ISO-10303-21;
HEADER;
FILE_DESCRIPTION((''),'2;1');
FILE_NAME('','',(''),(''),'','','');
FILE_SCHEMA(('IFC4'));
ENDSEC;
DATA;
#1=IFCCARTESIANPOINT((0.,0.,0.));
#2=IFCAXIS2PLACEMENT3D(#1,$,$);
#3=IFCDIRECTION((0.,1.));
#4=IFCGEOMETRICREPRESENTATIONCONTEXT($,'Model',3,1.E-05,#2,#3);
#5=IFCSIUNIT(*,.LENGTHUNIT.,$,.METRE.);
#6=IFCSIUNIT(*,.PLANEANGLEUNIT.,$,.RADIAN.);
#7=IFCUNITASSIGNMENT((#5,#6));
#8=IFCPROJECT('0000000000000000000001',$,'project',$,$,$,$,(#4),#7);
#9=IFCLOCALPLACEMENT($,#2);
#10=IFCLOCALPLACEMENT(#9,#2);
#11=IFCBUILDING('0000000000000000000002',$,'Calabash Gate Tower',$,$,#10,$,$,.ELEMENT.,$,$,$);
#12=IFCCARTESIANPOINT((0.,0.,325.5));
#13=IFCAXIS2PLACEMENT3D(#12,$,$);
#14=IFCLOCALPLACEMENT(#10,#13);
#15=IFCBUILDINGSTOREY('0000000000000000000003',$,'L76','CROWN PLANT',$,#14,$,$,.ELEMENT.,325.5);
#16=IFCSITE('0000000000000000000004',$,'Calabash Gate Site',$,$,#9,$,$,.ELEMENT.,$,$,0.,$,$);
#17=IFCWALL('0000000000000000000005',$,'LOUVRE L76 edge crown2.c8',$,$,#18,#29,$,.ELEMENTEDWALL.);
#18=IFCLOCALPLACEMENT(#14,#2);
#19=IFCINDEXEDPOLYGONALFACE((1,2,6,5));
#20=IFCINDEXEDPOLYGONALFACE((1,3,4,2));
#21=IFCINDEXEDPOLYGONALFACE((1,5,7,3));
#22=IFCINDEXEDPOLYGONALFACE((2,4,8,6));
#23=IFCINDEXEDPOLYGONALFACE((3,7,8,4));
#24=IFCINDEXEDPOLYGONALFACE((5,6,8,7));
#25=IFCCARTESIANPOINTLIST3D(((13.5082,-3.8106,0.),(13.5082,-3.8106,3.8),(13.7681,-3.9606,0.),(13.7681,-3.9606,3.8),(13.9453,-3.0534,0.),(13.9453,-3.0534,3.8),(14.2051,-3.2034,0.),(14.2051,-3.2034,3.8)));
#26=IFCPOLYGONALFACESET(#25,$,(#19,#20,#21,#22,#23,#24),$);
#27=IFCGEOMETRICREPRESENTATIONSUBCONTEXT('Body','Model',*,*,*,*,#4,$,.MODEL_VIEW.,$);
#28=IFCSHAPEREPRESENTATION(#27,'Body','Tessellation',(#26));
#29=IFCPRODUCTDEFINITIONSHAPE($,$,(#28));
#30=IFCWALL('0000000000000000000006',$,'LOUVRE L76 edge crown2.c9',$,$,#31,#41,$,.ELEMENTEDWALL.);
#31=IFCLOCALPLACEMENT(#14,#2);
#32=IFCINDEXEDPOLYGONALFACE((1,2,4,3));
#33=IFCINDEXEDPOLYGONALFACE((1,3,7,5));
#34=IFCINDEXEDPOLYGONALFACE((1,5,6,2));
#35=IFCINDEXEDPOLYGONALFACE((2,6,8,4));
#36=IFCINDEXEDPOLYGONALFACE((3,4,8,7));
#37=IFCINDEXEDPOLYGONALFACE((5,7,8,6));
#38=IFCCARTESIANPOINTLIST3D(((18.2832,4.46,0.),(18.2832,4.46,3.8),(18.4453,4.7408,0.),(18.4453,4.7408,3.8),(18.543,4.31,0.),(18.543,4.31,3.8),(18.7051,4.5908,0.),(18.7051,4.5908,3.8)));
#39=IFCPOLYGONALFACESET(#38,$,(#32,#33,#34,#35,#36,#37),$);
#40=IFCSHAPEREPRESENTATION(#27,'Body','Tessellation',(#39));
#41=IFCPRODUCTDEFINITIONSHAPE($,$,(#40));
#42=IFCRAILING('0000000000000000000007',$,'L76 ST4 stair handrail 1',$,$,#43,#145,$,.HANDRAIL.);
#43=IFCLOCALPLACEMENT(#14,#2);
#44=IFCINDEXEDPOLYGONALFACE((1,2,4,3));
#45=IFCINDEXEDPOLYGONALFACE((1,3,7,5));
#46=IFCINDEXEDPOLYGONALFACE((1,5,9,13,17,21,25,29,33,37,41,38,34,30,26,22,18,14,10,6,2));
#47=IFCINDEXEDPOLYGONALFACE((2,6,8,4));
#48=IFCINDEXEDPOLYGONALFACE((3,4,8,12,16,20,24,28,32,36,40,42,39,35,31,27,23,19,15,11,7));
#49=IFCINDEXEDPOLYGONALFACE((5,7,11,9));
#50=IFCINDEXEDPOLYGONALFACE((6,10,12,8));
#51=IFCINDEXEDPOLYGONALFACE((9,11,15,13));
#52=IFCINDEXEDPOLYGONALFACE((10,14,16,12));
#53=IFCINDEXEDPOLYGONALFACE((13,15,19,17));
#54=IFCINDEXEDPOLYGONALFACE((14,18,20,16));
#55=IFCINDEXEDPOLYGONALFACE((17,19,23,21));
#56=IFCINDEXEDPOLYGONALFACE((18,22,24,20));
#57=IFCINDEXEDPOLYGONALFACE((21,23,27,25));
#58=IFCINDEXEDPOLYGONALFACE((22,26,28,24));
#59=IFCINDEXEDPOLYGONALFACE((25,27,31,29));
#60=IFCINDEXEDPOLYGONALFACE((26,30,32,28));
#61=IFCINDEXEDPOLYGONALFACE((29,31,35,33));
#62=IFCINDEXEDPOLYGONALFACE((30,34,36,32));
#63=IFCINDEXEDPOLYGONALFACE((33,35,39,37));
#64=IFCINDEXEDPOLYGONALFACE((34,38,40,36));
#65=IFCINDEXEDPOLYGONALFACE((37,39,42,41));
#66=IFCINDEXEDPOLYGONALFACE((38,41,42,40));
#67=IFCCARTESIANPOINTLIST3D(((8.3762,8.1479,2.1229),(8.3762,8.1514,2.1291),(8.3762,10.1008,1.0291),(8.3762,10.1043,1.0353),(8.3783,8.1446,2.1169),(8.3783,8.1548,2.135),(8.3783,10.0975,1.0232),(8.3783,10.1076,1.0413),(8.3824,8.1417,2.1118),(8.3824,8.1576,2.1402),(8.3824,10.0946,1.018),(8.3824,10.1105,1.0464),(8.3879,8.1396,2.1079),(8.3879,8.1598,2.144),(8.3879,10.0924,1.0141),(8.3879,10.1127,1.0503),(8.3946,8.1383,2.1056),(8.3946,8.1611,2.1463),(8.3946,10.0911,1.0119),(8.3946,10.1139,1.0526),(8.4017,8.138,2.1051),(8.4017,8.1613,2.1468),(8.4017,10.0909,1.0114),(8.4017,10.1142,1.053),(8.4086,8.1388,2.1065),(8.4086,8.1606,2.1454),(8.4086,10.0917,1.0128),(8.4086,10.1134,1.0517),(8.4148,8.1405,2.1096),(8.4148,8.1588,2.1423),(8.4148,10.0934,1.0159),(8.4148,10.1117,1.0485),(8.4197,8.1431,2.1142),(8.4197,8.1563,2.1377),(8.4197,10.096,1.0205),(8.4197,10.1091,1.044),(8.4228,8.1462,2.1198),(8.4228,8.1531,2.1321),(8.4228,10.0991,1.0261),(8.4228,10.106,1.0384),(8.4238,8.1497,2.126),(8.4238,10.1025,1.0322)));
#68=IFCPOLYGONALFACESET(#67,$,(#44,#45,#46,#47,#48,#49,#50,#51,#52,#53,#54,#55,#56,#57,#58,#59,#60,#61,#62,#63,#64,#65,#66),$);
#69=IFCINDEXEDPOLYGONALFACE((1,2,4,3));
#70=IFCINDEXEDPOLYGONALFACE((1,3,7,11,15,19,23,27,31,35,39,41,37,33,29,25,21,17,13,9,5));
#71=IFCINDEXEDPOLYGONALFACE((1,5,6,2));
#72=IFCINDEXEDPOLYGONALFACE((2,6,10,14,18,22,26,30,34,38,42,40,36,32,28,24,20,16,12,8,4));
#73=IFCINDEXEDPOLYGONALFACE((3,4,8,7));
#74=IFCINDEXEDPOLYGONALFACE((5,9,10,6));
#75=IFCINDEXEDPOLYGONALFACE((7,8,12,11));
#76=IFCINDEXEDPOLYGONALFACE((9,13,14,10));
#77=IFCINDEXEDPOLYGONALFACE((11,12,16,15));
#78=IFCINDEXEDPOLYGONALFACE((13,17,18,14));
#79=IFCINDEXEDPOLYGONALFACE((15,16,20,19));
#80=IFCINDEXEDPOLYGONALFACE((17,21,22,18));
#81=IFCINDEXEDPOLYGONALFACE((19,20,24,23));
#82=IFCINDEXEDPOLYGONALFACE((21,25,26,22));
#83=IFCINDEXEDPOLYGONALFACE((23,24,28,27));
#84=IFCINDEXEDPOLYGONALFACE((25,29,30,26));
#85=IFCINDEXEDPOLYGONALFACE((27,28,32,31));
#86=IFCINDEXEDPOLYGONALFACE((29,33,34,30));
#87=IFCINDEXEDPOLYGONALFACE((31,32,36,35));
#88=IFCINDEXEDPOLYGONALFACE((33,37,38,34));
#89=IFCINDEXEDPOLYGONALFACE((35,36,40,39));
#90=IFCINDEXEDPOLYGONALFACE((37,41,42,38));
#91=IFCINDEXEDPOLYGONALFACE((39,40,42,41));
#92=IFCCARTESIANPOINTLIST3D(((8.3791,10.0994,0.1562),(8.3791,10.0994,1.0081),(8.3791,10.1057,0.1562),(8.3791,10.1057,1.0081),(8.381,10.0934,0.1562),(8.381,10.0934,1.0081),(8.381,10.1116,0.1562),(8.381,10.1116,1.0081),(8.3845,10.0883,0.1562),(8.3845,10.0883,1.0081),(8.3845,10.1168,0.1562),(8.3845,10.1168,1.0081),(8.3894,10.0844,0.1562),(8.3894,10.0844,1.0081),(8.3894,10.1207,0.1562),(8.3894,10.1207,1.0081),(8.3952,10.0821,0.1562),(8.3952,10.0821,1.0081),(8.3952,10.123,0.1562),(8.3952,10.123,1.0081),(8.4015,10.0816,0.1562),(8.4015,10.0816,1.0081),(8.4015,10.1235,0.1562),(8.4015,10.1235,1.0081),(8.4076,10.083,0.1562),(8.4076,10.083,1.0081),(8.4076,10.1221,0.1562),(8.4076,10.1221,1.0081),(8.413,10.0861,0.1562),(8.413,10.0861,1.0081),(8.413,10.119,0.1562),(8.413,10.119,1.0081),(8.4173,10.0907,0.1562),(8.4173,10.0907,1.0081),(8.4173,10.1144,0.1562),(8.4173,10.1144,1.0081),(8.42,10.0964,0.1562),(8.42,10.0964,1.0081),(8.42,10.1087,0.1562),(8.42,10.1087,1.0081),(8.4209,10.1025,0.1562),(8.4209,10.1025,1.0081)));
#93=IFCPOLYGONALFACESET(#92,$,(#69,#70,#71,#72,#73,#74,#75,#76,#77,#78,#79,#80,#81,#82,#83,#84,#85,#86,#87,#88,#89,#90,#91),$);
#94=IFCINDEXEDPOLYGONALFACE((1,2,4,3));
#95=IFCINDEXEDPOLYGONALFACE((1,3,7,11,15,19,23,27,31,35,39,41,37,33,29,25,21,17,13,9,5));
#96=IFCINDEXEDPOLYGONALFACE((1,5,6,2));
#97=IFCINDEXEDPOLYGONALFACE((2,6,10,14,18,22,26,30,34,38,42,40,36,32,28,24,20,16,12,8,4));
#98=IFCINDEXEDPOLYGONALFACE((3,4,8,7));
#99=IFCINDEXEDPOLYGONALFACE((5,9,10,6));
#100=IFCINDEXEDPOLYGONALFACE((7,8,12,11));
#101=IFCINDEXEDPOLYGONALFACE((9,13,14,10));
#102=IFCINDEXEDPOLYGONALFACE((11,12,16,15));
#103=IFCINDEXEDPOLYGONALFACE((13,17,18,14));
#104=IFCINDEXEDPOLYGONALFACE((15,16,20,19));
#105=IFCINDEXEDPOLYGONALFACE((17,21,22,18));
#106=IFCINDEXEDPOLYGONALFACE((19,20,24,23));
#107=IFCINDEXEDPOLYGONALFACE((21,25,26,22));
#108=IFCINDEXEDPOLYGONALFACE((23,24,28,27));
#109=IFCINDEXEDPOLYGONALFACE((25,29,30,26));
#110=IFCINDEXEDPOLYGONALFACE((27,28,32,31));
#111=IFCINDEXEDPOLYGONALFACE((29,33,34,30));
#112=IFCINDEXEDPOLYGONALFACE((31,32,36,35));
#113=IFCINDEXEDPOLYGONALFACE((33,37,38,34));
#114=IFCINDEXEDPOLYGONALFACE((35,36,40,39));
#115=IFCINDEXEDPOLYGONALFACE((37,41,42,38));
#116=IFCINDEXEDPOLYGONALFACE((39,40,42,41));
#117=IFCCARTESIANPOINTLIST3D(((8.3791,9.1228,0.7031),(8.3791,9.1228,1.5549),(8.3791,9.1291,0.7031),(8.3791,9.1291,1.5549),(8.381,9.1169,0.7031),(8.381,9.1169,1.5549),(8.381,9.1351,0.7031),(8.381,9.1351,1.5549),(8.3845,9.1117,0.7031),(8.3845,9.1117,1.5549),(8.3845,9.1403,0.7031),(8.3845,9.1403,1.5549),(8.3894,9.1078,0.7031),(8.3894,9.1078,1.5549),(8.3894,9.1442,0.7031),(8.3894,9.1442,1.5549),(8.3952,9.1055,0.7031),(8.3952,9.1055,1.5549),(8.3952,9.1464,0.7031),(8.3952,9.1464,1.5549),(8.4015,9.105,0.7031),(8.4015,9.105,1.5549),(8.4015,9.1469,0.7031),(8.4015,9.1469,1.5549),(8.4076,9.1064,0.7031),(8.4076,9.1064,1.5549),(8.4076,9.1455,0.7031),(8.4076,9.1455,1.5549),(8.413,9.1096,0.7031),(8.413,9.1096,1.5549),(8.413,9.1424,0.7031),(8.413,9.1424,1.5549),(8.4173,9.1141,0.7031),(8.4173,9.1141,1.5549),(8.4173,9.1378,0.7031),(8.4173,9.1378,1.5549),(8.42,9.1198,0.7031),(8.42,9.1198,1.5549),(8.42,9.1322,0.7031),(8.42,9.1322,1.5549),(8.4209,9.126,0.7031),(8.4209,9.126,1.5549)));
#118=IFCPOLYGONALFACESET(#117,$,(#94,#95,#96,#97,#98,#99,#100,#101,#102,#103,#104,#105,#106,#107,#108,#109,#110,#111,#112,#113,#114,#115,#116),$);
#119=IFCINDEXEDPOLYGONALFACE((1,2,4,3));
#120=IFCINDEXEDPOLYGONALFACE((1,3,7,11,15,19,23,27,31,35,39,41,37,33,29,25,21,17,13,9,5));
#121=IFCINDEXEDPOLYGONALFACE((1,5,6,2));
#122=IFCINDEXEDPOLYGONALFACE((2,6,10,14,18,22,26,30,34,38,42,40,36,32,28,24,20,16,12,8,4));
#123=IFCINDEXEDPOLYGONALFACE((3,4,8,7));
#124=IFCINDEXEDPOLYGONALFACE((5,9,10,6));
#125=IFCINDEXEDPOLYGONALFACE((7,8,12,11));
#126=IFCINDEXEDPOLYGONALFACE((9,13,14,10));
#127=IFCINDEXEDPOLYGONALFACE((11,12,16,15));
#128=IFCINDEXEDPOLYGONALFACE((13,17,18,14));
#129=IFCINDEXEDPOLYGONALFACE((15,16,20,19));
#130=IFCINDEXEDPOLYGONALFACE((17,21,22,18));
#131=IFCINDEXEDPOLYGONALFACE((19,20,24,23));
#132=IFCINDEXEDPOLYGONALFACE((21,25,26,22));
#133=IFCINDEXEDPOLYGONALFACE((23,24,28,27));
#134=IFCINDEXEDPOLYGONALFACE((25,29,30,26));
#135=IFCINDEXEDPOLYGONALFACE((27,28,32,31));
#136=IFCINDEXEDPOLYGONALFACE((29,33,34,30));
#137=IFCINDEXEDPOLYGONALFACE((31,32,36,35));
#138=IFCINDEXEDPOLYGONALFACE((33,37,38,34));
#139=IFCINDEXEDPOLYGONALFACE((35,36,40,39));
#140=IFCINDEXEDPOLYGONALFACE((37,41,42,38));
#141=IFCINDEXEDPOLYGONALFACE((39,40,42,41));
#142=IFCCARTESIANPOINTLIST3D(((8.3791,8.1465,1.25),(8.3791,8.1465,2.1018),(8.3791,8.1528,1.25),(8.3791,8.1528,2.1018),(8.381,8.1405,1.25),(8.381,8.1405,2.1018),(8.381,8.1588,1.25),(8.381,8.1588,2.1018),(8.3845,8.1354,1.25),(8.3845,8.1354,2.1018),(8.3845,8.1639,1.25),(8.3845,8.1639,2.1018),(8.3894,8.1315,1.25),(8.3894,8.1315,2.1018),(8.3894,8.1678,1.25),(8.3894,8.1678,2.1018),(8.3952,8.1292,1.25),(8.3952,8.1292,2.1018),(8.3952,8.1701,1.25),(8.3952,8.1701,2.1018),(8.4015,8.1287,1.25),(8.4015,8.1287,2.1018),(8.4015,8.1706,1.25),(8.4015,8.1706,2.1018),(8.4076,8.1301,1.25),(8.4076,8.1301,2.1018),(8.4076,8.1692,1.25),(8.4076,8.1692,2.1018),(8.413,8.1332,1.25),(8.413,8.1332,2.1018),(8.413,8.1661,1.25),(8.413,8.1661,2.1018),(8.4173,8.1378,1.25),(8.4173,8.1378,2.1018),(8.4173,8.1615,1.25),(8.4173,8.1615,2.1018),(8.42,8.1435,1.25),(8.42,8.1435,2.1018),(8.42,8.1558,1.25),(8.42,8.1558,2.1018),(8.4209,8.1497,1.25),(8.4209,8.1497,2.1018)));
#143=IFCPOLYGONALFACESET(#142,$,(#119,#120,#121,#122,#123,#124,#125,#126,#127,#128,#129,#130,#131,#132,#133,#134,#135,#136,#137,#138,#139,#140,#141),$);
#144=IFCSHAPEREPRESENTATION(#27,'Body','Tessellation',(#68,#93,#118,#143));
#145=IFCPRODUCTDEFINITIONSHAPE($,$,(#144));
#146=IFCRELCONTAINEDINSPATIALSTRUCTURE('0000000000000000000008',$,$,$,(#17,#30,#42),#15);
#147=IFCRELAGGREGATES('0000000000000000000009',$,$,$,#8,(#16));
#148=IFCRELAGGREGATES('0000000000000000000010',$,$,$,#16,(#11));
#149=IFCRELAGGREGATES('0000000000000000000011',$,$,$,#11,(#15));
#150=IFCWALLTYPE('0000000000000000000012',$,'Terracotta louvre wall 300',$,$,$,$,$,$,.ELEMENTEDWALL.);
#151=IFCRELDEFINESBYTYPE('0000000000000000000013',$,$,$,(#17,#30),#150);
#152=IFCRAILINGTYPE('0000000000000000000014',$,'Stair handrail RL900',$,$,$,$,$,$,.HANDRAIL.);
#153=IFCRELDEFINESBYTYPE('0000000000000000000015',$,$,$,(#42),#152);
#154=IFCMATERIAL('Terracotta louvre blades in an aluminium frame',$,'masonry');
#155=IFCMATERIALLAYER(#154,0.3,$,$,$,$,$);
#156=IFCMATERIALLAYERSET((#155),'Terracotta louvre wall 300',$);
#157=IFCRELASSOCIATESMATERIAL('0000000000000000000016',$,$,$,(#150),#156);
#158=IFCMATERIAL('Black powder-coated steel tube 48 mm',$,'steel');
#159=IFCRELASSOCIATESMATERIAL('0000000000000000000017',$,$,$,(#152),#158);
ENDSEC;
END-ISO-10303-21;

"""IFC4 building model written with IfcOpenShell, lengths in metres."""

from ifc_helpers import new_model, si_unit, direction, frame, frame_2d, origin, origin_2d, place, context, subcontext, project, spatial, rectangle, circle, extrude, material, layer, layer_set, type_object, element, save


model = new_model("IFC4")

# Units and contexts
model_context = context("Model", 3, precision=1e-05, world=origin(), true_north=direction((0.0, 1.0)))
body_context = subcontext(model_context, "Body", "Model", "MODEL_VIEW")
ifc_project = project(units=[si_unit("LENGTHUNIT", "METRE"), si_unit("PLANEANGLEUNIT", "RADIAN")], contexts=[model_context])

# Site, building, storey
site_placement = place(None, origin())
site = spatial("IfcSite", under=ifc_project, at=site_placement, Name="Calabash Gate Site", CompositionType="ELEMENT", RefElevation=0.0)
building_placement = place(site_placement, origin())
building = spatial("IfcBuilding", under=site, at=building_placement, Name="Calabash Gate Tower", CompositionType="ELEMENT")
storey_placement = place(building_placement, frame((0.0, 0.0, 325.5)))
storey = spatial("IfcBuildingStorey", under=building, at=storey_placement, Name="L76", Description="CROWN PLANT", CompositionType="ELEMENT", Elevation=325.5)

# Walls
ifc_material_1 = material(Name="Terracotta louvre blades in an aluminium frame", Category="masonry")
ifc_layer_1 = layer(ifc_material_1, 0.3)
ifc_layer_set_1 = layer_set([ifc_layer_1], Name="Terracotta louvre wall 300")
wall_type_1 = type_object("IfcWallType", Name="Terracotta louvre wall 300", PredefinedType="ELEMENTEDWALL", material=ifc_layer_set_1)
wall_1_placement = place(storey_placement, frame((13.6382, -3.8855, 0.0), z_axis=(0.0, 0.0, 1.0), x_axis=(0.499924, 0.866069, 0.0)))
element("IfcWall", 1, at=wall_1_placement, inside=storey, type_object=wall_type_1, Name="LOUVRE L76 edge crown2.c8", PredefinedType="ELEMENTEDWALL", context=body_context, shape_type="SweptSolid", body=[
    extrude(rectangle(XDim=0.8743, YDim=0.3, at=frame_2d((0.437, 0.0))), origin(), (0.0, 0.0, 1.0), 3.8),
])
wall_2_placement = place(storey_placement, frame((18.4131, 4.385, 0.0), z_axis=(0.0, 0.0, 1.0), x_axis=(0.500027, 0.86601, 0.0)))
element("IfcWall", 2, at=wall_2_placement, inside=storey, type_object=wall_type_1, Name="LOUVRE L76 edge crown2.c9", PredefinedType="ELEMENTEDWALL", context=body_context, shape_type="SweptSolid", body=[
    extrude(rectangle(XDim=0.3242, YDim=0.3, at=frame_2d((0.1621, 0.0))), origin(), (0.0, 0.0, 1.0), 3.8),
])

# Railing
ifc_material_2 = material(Name="Black powder-coated steel tube 48 mm", Category="steel")
railing_type_1 = type_object("IfcRailingType", Name="Stair handrail RL900", PredefinedType="HANDRAIL", material=ifc_material_2)
railing_1_placement = place(storey_placement, frame((8.3999, 10.1025, 0.1562)))
element("IfcRailing", 3, at=railing_1_placement, inside=storey, type_object=railing_type_1, Name="L76 ST4 stair handrail 1", PredefinedType="HANDRAIL", context=body_context, shape_type="SweptSolid", body=[
    extrude(circle(Radius=0.0239, at=origin_2d()), frame((0.0, 0.0, 0.876), z_axis=(0.0, -0.87248, 0.48865), x_axis=(1.0, 0.0, 0.0)), (0.0, 0.0, 1.0), 2.2383),
    extrude(circle(Radius=0.021, at=origin_2d()), origin(), (0.0, 0.0, 1.0), 0.8518),
    extrude(circle(Radius=0.021, at=origin_2d()), frame((0.0, -0.9766, 0.5469)), (0.0, 0.0, 1.0), 0.8518),
    extrude(circle(Radius=0.021, at=origin_2d()), frame((0.0, -1.9529, 1.0938)), (0.0, 0.0, 1.0), 0.8518),
])

save(model, "model.ifc")
